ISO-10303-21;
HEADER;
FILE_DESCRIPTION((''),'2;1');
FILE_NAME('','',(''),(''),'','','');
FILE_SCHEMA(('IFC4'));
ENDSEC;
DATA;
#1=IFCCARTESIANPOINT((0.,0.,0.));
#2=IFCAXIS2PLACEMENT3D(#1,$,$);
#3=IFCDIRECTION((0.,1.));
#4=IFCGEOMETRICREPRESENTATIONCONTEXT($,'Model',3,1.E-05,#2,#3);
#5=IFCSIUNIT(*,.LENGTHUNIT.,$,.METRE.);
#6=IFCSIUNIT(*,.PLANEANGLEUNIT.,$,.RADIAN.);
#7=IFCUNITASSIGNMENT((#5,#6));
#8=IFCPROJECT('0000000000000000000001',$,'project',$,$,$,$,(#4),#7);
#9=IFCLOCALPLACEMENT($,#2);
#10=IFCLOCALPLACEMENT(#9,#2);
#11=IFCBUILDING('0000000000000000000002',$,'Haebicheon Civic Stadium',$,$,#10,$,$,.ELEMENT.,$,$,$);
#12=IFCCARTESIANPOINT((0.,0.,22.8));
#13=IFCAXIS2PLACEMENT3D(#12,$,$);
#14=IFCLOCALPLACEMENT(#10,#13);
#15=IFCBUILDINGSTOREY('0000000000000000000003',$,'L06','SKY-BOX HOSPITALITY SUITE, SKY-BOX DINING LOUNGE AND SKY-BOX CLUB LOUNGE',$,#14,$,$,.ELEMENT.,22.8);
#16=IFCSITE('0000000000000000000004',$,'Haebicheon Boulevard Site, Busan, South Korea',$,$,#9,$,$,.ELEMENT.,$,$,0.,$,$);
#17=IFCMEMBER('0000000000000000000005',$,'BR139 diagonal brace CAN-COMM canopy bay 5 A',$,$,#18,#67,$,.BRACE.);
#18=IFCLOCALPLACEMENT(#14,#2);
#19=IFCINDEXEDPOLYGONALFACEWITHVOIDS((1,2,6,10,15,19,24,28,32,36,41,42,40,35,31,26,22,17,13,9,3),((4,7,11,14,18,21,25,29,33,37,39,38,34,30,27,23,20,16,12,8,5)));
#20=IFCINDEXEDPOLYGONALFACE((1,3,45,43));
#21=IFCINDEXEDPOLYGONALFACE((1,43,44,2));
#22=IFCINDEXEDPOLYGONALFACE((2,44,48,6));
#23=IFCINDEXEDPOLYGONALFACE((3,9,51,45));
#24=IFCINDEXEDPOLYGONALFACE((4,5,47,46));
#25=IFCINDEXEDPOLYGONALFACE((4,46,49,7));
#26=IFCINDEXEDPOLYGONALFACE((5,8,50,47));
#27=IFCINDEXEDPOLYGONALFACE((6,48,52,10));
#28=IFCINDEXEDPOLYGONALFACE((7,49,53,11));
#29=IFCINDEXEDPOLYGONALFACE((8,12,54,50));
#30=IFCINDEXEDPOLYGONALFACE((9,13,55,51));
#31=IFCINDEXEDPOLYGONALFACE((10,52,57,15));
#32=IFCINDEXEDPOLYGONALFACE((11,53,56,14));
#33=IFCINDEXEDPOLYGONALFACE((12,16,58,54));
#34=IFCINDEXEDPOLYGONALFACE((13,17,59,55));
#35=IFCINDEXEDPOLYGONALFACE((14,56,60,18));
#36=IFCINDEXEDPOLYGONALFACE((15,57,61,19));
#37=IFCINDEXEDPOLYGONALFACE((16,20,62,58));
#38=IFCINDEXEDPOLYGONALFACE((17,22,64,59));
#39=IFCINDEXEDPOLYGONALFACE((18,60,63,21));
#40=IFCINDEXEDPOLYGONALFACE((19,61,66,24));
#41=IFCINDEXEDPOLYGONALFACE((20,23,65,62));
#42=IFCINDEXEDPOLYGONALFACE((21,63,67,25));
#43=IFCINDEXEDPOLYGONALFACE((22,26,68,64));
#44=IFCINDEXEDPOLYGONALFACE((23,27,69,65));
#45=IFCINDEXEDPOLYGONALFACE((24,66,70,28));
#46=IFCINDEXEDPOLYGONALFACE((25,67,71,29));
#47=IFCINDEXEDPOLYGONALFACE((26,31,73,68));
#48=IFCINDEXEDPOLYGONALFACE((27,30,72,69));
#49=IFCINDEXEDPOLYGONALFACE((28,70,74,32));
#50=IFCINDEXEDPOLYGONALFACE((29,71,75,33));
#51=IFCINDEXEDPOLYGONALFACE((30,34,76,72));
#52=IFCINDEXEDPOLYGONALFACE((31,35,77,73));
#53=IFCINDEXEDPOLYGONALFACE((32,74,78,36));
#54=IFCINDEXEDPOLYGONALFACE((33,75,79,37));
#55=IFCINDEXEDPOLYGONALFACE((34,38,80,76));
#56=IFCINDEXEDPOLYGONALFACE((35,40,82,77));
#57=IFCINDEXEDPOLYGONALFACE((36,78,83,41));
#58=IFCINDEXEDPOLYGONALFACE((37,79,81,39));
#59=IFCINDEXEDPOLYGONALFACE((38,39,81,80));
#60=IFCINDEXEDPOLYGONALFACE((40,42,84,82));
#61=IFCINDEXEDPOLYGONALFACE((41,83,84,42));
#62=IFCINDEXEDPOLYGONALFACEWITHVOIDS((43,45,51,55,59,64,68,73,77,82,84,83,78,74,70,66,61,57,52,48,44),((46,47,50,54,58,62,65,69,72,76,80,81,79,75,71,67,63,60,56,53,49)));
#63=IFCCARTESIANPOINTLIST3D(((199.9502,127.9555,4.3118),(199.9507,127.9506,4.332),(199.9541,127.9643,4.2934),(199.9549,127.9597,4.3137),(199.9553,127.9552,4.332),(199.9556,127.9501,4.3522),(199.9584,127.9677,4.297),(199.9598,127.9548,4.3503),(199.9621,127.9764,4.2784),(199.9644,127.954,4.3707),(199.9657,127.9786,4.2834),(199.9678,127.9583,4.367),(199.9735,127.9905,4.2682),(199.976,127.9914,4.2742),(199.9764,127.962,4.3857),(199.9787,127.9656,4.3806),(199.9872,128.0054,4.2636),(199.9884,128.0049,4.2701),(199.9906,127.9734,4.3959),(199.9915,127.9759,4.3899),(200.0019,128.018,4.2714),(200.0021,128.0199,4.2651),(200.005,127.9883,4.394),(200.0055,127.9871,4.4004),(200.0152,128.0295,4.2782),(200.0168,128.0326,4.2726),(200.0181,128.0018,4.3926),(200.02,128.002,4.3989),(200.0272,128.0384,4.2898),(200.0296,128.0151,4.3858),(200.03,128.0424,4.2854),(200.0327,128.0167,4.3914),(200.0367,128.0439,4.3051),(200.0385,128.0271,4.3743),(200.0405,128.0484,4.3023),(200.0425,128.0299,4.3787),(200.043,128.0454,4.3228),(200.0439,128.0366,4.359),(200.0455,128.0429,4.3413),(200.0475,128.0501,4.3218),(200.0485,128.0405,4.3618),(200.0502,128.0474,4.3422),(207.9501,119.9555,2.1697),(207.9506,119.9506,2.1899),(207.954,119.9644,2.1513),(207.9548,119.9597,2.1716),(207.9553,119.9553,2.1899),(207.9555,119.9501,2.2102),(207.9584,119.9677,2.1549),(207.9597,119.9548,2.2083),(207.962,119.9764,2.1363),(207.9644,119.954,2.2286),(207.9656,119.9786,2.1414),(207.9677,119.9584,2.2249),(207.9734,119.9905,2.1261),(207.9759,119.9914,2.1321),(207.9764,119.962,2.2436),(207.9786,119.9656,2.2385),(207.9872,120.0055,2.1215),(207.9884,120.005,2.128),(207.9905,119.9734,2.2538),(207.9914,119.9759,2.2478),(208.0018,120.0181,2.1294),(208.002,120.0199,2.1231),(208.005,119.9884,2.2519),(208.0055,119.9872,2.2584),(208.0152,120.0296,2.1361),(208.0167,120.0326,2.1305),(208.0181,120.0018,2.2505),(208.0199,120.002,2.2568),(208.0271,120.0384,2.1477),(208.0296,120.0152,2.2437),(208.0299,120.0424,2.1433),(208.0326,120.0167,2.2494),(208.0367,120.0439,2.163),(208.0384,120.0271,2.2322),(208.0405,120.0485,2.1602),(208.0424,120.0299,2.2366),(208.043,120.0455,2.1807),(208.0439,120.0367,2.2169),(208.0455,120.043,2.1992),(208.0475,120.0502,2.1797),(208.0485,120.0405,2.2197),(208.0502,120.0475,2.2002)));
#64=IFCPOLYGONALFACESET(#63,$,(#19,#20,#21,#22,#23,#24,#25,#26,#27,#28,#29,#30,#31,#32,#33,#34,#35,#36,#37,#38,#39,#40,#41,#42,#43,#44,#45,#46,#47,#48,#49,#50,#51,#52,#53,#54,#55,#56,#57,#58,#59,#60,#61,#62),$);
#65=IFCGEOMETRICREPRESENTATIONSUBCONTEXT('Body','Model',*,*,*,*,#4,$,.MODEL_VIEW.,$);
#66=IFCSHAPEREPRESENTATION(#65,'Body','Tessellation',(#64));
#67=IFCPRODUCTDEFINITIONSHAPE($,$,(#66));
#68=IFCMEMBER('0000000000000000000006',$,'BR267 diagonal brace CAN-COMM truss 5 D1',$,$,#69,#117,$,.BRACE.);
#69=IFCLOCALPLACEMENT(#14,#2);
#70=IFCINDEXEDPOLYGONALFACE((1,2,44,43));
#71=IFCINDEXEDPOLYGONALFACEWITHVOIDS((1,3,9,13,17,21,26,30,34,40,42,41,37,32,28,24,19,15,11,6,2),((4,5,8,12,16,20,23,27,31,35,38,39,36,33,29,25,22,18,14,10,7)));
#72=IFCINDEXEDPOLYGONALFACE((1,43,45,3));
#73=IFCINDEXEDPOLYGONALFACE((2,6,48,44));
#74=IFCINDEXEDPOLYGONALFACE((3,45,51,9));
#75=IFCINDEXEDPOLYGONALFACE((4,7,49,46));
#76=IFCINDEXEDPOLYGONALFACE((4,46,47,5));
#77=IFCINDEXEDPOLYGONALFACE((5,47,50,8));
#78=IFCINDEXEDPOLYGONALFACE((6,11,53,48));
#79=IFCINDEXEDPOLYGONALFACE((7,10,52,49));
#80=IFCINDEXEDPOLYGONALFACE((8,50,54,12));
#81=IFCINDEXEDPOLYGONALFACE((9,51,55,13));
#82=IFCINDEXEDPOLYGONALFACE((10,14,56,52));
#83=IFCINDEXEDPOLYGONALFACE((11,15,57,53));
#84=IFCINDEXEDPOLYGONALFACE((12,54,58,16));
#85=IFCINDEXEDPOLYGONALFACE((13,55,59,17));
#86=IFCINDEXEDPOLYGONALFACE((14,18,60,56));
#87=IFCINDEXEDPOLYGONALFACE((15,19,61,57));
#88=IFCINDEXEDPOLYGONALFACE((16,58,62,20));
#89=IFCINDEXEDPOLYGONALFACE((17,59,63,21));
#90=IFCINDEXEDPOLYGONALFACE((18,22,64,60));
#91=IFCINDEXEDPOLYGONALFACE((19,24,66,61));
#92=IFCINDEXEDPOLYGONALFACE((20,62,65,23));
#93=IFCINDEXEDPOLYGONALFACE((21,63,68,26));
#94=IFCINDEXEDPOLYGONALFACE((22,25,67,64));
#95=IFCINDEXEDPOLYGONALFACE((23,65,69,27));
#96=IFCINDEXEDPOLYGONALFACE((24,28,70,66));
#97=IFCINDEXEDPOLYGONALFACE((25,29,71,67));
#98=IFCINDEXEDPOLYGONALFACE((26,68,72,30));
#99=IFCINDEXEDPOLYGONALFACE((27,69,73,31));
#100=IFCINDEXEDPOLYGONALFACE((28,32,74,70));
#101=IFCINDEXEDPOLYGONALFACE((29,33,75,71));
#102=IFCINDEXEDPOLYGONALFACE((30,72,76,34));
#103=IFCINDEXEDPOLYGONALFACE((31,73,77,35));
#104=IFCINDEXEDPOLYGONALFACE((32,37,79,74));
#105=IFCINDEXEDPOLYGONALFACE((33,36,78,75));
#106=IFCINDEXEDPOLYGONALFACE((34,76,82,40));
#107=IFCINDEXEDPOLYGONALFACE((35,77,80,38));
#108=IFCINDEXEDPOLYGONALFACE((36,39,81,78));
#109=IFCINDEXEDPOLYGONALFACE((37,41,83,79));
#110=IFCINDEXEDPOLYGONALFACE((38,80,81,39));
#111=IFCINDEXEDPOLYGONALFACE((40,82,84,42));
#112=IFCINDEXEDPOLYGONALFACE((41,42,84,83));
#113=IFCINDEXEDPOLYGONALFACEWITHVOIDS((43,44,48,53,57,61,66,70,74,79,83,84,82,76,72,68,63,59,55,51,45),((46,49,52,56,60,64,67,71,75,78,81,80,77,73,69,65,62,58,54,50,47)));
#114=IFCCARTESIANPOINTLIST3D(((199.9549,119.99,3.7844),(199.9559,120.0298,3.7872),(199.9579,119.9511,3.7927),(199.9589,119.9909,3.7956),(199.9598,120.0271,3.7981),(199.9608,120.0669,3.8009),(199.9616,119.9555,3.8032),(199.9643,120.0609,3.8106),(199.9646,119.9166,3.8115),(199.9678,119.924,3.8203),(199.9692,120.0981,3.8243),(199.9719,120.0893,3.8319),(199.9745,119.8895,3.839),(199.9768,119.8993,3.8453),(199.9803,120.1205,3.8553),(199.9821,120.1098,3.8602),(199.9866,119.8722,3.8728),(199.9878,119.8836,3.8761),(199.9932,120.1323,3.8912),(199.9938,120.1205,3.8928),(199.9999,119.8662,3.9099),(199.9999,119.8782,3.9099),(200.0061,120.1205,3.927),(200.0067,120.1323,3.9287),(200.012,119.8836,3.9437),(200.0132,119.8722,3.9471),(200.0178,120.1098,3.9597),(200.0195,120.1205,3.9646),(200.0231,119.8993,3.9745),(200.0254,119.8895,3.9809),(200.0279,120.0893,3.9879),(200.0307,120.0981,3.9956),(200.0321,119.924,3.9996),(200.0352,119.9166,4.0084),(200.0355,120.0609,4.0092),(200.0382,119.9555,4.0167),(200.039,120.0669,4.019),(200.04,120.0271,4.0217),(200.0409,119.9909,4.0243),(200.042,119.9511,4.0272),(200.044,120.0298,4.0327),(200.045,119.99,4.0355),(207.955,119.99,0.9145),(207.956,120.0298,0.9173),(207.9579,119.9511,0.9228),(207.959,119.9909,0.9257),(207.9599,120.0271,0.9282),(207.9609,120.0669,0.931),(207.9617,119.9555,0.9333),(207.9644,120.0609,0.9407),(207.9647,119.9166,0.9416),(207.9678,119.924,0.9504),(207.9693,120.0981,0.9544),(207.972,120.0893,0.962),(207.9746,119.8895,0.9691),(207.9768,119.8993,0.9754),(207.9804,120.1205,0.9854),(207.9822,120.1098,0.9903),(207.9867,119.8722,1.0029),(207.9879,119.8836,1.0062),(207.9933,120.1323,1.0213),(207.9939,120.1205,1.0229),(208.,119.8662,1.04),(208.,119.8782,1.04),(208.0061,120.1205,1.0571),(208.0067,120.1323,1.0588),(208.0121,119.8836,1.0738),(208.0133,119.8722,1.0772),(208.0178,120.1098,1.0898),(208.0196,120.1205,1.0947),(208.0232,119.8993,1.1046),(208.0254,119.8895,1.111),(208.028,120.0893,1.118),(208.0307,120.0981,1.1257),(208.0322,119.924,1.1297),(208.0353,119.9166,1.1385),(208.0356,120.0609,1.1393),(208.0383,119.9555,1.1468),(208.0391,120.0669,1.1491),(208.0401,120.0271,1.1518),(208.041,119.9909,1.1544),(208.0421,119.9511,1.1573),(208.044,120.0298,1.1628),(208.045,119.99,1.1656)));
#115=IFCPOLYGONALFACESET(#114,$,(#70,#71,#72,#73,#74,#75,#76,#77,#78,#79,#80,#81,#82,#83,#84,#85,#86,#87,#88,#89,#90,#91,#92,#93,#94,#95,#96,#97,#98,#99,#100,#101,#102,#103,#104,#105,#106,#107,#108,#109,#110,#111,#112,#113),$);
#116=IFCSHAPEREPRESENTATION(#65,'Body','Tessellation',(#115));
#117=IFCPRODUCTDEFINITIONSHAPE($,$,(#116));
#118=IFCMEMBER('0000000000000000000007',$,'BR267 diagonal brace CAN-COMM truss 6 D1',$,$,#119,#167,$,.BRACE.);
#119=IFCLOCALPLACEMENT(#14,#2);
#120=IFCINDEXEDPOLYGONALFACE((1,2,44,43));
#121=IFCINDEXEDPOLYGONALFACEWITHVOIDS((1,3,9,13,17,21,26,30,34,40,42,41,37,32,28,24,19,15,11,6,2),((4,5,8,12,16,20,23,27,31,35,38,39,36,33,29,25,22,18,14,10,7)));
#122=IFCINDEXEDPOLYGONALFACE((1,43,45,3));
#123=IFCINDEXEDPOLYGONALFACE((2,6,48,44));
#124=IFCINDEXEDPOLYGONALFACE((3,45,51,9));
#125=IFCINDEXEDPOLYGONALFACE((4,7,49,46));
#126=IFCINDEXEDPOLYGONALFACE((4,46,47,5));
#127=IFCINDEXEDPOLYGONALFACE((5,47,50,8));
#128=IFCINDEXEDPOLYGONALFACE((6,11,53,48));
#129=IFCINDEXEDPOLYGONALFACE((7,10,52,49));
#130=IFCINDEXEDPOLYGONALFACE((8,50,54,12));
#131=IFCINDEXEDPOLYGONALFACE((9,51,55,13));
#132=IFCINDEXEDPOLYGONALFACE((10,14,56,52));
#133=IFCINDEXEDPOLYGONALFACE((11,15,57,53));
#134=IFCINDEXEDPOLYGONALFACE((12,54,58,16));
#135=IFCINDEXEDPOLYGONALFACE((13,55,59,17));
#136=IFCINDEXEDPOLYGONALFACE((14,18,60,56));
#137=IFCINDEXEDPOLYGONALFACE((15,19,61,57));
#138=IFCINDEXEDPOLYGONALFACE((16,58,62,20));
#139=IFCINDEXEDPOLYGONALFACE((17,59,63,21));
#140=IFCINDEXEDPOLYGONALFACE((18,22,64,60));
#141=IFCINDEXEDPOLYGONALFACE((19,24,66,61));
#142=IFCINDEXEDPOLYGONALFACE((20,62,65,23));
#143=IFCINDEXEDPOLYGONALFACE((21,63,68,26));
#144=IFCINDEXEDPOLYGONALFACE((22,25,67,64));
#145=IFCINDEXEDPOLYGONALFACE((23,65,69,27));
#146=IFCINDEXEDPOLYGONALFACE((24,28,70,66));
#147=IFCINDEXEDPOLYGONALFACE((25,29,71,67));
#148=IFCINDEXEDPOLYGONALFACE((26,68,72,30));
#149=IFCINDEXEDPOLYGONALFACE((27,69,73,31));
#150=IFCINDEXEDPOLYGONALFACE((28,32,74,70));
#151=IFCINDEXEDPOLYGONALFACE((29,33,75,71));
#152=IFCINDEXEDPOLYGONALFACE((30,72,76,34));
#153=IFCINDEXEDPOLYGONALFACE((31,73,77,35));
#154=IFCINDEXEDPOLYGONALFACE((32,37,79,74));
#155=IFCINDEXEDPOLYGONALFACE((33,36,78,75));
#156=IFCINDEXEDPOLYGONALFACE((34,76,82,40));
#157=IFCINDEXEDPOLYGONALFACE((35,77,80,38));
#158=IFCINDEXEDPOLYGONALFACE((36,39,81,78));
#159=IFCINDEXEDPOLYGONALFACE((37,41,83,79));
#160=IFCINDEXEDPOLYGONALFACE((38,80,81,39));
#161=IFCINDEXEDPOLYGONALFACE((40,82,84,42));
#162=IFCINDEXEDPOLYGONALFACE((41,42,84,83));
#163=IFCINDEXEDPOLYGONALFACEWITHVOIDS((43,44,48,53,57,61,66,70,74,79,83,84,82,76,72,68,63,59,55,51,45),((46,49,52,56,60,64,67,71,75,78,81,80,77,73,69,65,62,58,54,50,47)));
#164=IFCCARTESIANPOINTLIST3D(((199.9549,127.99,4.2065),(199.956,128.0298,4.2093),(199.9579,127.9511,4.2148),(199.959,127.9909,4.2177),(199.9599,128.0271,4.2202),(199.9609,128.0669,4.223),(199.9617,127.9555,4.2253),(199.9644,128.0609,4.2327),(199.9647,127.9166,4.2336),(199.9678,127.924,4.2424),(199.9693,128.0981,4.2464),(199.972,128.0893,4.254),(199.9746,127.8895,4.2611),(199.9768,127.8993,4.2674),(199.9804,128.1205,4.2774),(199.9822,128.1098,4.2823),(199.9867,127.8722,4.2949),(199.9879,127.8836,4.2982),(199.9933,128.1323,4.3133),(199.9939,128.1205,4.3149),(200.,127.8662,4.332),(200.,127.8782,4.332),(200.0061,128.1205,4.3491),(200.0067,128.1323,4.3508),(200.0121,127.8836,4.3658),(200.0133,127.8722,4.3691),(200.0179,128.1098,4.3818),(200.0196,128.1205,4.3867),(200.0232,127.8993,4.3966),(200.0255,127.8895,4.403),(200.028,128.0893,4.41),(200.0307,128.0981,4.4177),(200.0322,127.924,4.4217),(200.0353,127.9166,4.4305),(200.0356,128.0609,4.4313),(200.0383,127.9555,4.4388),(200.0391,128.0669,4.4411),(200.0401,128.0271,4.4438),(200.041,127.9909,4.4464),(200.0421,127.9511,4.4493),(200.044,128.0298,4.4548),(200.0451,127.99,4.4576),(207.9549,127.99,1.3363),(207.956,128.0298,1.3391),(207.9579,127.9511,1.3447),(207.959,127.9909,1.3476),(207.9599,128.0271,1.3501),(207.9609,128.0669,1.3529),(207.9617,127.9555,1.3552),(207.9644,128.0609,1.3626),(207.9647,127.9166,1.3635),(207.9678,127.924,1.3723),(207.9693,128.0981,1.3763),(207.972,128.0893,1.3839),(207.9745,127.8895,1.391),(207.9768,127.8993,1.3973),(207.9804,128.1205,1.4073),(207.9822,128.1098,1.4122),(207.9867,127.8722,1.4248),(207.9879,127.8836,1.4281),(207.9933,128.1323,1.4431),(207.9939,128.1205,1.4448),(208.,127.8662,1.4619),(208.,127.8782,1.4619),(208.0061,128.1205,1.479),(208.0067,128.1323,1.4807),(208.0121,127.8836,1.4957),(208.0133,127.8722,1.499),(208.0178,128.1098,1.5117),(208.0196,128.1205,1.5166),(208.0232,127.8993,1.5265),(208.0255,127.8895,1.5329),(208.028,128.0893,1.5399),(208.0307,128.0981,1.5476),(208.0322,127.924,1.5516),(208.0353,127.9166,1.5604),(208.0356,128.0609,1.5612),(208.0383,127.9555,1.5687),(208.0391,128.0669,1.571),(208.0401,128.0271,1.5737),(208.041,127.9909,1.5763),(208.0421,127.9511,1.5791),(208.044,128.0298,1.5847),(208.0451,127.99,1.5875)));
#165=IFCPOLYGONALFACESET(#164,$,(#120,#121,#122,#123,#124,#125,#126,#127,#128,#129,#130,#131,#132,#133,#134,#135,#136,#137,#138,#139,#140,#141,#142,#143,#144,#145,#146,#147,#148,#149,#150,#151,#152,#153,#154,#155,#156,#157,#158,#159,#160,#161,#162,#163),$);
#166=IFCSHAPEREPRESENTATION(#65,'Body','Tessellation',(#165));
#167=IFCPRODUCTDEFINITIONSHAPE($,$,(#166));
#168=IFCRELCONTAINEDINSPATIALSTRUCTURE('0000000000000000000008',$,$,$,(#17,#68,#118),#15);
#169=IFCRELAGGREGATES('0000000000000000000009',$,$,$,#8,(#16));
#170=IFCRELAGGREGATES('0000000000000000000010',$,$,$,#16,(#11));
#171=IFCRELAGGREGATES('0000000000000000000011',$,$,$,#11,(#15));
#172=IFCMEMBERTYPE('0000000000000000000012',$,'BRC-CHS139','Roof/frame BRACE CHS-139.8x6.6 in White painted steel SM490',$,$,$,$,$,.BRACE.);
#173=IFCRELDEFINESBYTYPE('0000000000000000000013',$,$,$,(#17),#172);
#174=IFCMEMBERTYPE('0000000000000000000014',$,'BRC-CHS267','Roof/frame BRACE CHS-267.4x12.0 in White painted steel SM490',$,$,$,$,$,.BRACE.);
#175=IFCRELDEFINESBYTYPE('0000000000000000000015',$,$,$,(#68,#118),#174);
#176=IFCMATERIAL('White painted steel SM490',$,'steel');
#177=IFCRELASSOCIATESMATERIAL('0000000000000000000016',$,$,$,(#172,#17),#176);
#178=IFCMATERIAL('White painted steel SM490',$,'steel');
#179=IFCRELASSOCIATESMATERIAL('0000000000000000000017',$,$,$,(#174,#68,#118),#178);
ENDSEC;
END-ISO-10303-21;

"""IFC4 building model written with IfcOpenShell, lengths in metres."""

from ifc_helpers import new_model, si_unit, direction, frame, origin, origin_2d, place, context, subcontext, project, spatial, hollow_circle, extrude, material, material_profile, profile_set, type_object, element, save


model = new_model("IFC4")

# Units and contexts
model_context = context("Model", 3, precision=1e-05, world=origin(), true_north=direction((0.0, 1.0)))
body_context = subcontext(model_context, "Body", "Model", "MODEL_VIEW")
ifc_project = project(units=[si_unit("LENGTHUNIT", "METRE"), si_unit("PLANEANGLEUNIT", "RADIAN")], contexts=[model_context])

# Site, building, storey
site_placement = place(None, origin())
site = spatial("IfcSite", under=ifc_project, at=site_placement, Name="Haebicheon Boulevard Site, Busan, South Korea", CompositionType="ELEMENT", RefElevation=0.0)
building_placement = place(site_placement, origin())
building = spatial("IfcBuilding", under=site, at=building_placement, Name="Haebicheon Civic Stadium", CompositionType="ELEMENT")
storey_placement = place(building_placement, frame((0.0, 0.0, 22.8)))
storey = spatial("IfcBuildingStorey", under=building, at=storey_placement, Name="L06", Description="SKY-BOX HOSPITALITY SUITE, SKY-BOX DINING LOUNGE AND SKY-BOX CLUB LOUNGE", CompositionType="ELEMENT", Elevation=22.8)

# Members
ifc_material_1 = material(Name="White painted steel SM490", Category="steel")
ifc_material_profile_1 = material_profile(ifc_material_1, hollow_circle(Radius=0.0698, WallThickness=0.0066, at=origin_2d()), Name="CHS-139.8x6.6")
ifc_profile_set_1 = profile_set([ifc_material_profile_1], Name="White painted steel SM490")
member_type_1 = type_object("IfcMemberType", Name="BRC-CHS139", Description="Roof/frame BRACE CHS-139.8x6.6 in White painted steel SM490", PredefinedType="BRACE", material=ifc_profile_set_1)
member_1_placement = place(storey_placement, frame((208.0, 120.0, 2.1899), z_axis=(-0.694763, 0.694763, 0.186031), x_axis=(-0.707107, -0.707107, 0.0)))
element("IfcMember", 1, at=member_1_placement, inside=storey, type_object=member_type_1, material=ifc_profile_set_1, Name="BR139 diagonal brace CAN-COMM canopy bay 5 A", PredefinedType="BRACE", context=body_context, shape_type="SweptSolid", body=[
    extrude(hollow_circle(Radius=0.0698, WallThickness=0.0066, at=origin_2d()), origin(), (0.0, 0.0, 1.0), 11.5146),
])
ifc_material_2 = material(Name="White painted steel SM490", Category="steel")
ifc_material_profile_2 = material_profile(ifc_material_2, hollow_circle(Radius=0.1338, WallThickness=0.012, at=origin_2d()), Name="CHS-267.4x12.0")
ifc_profile_set_2 = profile_set([ifc_material_profile_2], Name="White painted steel SM490")
member_type_2 = type_object("IfcMemberType", Name="BRC-CHS267", Description="Roof/frame BRACE CHS-267.4x12.0 in White painted steel SM490", PredefinedType="BRACE", material=ifc_profile_set_2)
for number, where, z_axis, x_axis, name in (
    (2, (208.0, 120.0, 1.04), (-0.941267, 0.0, 0.337664), (0.0, -1.0, 0.0), "BR267 diagonal brace CAN-COMM truss 5 D1"),
    (3, (208.0, 128.0, 1.4619), (-0.941257, 0.0, 0.33769), (0.0, -1.0, 0.0), "BR267 diagonal brace CAN-COMM truss 6 D1"),
):
    element("IfcMember", number, at=place(storey_placement, frame(where, z_axis=z_axis, x_axis=x_axis)), inside=storey, type_object=member_type_2, material=ifc_profile_set_2, Name=name, PredefinedType="BRACE", context=body_context, shape_type="SweptSolid", body=[
        extrude(hollow_circle(Radius=0.1338, WallThickness=0.012, at=origin_2d()), origin(), (0.0, 0.0, 1.0), 8.4993),
    ])

save(model, "model.ifc")
